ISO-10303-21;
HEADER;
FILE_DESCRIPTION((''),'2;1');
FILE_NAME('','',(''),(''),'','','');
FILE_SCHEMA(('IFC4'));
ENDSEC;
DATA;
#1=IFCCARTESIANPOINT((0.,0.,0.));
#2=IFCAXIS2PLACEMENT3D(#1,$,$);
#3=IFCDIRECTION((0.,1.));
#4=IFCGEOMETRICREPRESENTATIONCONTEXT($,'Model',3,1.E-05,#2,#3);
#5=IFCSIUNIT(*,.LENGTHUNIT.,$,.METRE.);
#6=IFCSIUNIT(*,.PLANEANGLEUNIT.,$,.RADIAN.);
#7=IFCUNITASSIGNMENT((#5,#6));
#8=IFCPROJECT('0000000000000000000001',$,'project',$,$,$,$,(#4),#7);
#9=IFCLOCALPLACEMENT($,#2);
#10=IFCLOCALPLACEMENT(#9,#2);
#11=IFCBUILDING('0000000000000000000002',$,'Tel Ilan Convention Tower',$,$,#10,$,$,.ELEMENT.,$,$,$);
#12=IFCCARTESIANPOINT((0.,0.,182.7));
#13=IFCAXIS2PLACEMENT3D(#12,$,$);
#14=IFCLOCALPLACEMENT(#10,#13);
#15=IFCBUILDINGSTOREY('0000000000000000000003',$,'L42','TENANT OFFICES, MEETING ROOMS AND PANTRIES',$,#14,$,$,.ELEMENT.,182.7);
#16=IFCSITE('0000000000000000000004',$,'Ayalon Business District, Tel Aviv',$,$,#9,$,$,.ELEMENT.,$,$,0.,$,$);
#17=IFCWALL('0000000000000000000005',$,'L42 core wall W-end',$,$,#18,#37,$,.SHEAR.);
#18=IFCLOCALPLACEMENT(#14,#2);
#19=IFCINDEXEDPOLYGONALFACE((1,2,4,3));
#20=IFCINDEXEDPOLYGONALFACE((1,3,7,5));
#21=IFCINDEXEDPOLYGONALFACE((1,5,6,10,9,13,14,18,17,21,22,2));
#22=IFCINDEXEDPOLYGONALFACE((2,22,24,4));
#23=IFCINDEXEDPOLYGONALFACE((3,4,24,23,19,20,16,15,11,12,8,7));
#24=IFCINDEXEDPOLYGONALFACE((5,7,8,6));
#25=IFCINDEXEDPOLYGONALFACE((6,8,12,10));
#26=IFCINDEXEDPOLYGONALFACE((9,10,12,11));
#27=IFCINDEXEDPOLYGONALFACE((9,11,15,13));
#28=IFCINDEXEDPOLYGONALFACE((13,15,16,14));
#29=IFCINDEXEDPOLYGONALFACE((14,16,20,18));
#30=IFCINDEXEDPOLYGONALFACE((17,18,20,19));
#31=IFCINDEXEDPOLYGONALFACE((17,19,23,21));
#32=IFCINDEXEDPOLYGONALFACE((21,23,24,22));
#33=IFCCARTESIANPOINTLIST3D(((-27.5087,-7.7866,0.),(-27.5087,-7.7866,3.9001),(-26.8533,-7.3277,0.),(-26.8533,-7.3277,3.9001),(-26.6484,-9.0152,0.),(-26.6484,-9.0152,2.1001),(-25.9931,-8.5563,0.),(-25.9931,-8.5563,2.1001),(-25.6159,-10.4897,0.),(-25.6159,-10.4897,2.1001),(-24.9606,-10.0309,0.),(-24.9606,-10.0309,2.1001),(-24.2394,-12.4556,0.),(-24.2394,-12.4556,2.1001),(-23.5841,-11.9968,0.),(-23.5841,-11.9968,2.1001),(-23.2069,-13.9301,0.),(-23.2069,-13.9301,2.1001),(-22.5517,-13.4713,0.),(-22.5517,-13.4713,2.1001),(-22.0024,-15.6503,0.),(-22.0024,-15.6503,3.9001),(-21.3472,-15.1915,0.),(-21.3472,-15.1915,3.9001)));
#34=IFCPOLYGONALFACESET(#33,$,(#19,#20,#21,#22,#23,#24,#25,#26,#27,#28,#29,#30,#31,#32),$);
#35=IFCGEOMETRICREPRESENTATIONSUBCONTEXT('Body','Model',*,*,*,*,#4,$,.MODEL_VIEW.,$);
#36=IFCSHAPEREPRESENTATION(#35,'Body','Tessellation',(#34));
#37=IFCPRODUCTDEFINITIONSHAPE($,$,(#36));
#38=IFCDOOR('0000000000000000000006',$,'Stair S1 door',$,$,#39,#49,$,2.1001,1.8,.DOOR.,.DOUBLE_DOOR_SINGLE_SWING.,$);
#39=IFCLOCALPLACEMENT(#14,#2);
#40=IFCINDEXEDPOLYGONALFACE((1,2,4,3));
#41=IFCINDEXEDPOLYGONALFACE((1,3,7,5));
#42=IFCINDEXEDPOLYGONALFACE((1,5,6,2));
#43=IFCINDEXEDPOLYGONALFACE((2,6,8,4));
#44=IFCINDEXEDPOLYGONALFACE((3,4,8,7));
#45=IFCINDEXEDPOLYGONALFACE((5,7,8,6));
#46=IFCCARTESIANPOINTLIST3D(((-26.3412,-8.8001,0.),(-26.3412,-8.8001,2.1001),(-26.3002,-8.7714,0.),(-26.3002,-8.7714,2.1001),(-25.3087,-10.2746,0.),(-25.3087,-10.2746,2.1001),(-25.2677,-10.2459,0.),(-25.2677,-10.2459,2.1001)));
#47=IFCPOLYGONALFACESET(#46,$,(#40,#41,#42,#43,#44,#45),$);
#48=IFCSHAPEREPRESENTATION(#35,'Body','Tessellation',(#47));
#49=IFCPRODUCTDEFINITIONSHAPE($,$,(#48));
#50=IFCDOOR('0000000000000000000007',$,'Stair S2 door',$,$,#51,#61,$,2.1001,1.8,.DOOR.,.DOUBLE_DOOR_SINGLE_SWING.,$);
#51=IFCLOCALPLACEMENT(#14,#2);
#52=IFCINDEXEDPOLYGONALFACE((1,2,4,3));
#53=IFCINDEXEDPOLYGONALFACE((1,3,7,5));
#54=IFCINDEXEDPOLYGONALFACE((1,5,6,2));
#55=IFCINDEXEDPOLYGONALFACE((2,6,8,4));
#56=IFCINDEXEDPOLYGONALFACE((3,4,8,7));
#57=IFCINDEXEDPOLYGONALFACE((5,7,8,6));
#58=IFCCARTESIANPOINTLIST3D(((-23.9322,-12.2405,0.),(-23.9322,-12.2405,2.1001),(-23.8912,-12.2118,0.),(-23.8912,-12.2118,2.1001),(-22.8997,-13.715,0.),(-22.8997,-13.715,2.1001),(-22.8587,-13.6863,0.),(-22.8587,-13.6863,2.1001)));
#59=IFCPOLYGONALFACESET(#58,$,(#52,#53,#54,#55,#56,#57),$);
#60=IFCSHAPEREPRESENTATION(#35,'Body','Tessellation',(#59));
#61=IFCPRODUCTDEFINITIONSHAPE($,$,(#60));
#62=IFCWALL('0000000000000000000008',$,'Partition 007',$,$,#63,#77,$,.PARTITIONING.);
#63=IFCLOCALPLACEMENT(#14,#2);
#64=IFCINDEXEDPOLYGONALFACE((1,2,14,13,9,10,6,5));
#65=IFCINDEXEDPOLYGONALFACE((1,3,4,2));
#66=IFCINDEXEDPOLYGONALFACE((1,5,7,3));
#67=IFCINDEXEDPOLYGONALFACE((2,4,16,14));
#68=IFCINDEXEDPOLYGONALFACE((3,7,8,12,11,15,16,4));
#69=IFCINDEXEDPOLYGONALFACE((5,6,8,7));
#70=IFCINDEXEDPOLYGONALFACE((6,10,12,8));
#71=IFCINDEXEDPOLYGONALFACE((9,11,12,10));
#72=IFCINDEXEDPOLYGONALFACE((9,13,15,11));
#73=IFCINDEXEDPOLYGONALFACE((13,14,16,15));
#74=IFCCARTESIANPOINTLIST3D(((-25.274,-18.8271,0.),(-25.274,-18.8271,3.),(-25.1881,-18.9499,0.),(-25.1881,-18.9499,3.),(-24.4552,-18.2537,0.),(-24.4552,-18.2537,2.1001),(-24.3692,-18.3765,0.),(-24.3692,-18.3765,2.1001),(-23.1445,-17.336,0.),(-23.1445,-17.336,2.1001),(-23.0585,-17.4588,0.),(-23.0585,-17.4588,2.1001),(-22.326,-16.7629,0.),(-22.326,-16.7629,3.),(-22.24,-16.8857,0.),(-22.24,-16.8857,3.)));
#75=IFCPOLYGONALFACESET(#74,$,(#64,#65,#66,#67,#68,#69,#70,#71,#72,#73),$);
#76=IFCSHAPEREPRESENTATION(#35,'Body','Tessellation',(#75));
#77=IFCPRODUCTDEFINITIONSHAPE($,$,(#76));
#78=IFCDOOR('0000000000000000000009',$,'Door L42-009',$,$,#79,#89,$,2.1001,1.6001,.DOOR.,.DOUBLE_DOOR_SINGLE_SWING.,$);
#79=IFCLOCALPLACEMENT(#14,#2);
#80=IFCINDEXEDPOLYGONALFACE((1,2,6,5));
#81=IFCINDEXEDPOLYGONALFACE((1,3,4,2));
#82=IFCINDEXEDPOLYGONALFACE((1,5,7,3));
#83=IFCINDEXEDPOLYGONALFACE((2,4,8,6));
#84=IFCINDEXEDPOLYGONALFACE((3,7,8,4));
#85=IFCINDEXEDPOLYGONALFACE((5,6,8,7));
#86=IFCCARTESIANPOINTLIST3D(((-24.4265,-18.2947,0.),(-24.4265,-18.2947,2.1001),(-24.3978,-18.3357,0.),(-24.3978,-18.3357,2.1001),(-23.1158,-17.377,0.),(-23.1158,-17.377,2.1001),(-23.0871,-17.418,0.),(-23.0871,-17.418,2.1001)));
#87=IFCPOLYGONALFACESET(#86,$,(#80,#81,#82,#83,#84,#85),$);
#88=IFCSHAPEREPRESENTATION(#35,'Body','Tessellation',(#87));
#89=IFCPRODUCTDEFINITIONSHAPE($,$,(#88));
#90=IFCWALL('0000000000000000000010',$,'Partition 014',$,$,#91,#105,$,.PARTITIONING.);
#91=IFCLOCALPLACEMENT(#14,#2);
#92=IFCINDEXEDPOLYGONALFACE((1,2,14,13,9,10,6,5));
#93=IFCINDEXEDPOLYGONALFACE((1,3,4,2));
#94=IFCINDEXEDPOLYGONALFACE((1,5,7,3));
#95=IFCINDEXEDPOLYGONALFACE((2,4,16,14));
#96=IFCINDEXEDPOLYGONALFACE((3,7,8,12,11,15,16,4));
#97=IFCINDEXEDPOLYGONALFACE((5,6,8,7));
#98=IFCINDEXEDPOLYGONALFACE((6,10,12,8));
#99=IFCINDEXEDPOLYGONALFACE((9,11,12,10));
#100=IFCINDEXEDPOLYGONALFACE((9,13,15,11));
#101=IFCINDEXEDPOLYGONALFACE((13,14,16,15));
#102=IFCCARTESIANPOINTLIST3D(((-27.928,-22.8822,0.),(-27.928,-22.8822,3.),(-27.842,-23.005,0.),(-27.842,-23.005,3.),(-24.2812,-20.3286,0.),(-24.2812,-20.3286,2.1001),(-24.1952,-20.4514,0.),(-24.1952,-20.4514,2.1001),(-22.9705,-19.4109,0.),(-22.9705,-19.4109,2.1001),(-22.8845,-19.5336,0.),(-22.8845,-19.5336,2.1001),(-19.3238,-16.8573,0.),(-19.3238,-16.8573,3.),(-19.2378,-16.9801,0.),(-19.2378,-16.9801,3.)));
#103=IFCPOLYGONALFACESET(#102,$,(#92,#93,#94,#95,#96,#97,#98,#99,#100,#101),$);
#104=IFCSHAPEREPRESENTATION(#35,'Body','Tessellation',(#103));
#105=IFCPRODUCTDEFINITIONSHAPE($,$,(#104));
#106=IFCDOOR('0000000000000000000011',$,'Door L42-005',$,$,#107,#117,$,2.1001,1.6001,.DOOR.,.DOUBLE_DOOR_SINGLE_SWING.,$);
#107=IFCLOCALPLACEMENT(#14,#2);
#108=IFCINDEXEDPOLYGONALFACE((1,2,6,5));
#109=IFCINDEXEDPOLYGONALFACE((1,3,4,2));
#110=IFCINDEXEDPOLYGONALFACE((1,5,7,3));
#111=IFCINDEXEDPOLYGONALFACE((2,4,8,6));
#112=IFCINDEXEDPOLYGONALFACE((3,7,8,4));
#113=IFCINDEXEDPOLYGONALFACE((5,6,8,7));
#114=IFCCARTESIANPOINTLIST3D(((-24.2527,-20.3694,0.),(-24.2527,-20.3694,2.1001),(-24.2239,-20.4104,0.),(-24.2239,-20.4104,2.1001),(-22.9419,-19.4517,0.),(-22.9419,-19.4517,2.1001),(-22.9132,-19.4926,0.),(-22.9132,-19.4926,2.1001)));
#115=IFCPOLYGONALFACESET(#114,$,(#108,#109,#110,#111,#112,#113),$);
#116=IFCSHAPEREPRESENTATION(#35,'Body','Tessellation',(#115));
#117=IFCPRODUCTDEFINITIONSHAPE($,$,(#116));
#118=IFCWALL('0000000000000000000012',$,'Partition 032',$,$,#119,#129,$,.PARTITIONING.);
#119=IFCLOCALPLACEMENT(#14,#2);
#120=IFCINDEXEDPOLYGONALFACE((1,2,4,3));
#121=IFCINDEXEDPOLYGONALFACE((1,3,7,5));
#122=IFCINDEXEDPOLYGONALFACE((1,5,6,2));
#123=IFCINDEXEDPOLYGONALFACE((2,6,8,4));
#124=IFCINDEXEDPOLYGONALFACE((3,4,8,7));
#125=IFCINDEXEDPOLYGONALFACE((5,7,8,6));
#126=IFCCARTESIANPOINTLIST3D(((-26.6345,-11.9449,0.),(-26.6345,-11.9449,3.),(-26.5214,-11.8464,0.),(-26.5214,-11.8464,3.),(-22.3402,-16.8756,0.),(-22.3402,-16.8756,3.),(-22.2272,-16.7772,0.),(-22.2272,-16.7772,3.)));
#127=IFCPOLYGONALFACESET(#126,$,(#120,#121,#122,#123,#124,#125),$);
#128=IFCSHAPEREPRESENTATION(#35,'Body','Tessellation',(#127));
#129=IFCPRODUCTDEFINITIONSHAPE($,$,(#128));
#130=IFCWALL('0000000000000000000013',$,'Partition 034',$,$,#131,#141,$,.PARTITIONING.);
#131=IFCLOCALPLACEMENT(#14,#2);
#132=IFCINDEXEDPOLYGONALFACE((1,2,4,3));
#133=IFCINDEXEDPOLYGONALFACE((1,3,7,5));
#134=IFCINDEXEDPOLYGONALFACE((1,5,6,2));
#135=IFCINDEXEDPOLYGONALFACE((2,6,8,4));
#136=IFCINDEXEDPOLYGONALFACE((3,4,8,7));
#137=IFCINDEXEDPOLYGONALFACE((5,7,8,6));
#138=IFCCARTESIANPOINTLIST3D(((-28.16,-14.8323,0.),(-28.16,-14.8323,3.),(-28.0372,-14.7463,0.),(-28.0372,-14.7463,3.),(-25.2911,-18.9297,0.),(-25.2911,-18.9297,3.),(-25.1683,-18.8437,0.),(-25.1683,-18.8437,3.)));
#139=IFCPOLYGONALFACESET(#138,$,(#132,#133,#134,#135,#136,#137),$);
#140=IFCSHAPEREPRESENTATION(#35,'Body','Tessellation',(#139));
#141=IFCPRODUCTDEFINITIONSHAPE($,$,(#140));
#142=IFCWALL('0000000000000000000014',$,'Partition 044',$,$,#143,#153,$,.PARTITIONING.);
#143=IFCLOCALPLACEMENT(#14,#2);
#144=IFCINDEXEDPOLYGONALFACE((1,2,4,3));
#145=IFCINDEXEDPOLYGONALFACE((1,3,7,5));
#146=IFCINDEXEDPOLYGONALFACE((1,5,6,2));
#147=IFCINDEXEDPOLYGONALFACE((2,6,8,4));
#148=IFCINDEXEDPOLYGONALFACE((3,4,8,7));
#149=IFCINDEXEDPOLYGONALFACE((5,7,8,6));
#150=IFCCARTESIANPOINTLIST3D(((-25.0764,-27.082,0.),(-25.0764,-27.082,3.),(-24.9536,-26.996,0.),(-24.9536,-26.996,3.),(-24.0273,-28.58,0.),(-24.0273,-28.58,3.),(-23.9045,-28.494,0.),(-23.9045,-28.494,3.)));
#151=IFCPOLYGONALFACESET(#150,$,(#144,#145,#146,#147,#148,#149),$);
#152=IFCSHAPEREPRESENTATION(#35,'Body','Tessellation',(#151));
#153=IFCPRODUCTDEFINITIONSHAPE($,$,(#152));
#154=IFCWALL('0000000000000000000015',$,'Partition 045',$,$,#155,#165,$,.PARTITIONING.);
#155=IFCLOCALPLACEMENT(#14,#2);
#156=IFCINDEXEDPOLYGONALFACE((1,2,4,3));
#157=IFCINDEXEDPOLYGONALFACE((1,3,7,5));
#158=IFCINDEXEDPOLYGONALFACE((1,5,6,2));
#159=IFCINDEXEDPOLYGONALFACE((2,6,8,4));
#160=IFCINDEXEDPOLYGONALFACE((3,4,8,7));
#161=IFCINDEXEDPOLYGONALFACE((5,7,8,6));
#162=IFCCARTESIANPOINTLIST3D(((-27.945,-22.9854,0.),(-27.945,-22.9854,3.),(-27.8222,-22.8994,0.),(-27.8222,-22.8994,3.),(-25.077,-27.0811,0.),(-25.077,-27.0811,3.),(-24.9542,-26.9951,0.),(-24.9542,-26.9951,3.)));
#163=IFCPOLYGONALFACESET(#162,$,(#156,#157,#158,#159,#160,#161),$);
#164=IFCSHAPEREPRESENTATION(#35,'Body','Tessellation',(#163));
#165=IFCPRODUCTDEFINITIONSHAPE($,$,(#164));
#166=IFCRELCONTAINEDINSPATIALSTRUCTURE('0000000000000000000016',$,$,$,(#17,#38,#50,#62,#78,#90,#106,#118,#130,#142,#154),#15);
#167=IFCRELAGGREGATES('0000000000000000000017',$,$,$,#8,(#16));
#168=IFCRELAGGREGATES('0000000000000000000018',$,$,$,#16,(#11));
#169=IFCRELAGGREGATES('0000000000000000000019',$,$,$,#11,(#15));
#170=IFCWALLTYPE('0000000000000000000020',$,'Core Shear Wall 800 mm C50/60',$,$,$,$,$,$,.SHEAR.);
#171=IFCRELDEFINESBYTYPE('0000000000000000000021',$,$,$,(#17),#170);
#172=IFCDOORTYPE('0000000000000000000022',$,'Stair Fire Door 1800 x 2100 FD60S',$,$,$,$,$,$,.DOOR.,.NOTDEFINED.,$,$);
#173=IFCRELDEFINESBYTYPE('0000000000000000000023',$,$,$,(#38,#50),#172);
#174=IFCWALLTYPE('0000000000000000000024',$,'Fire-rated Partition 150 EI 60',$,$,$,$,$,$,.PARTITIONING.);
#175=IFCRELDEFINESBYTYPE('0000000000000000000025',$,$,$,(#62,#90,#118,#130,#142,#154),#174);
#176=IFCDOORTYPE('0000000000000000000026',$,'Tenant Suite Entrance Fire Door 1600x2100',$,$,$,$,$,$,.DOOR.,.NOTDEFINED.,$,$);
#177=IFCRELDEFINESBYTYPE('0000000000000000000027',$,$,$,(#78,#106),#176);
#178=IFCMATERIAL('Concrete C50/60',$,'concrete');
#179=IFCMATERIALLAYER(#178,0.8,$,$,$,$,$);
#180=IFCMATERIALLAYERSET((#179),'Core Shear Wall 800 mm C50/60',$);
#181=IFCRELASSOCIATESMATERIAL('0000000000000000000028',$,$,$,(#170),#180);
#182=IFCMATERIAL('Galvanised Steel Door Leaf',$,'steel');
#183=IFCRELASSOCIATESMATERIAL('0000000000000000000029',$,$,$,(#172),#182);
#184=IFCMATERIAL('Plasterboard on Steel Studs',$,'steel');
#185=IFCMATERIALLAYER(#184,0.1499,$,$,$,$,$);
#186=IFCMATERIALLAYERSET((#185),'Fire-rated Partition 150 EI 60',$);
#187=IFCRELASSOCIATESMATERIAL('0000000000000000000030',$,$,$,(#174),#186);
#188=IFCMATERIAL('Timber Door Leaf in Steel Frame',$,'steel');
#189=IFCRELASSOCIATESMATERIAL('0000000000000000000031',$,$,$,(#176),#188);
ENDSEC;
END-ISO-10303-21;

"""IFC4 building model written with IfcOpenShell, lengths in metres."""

from ifc_helpers import new_model, si_unit, direction, frame, frame_2d, origin, place, context, subcontext, project, spatial, polyline, rectangle, outline, extrude, material, layer, layer_set, type_object, element, fill, save


model = new_model("IFC4")

# Units and contexts
model_context = context("Model", 3, precision=1e-05, world=origin(), true_north=direction((0.0, 1.0)))
body_context = subcontext(model_context, "Body", "Model", "MODEL_VIEW")
ifc_project = project(units=[si_unit("LENGTHUNIT", "METRE"), si_unit("PLANEANGLEUNIT", "RADIAN")], contexts=[model_context])

# Site, building, storey
site_placement = place(None, origin())
site = spatial("IfcSite", under=ifc_project, at=site_placement, Name="Ayalon Business District, Tel Aviv", CompositionType="ELEMENT", RefElevation=0.0)
building_placement = place(site_placement, origin())
building = spatial("IfcBuilding", under=site, at=building_placement, Name="Tel Ilan Convention Tower", CompositionType="ELEMENT")
storey_placement = place(building_placement, frame((0.0, 0.0, 182.7)))
storey = spatial("IfcBuildingStorey", under=building, at=storey_placement, Name="L42", Description="TENANT OFFICES, MEETING ROOMS AND PANTRIES", CompositionType="ELEMENT", Elevation=182.7)

# Wall, openings, doors
ifc_material_1 = material(Name="Concrete C50/60", Category="concrete")
ifc_layer_1 = layer(ifc_material_1, 0.8)
ifc_layer_set_1 = layer_set([ifc_layer_1], Name="Core Shear Wall 800 mm C50/60")
wall_type_1 = type_object("IfcWallType", Name="Core Shear Wall 800 mm C50/60", PredefinedType="SHEAR", material=ifc_layer_set_1)
wall_1_placement = place(storey_placement, frame((-21.6748, -15.4209, 0.0), z_axis=(0.0, 0.0, 1.0), x_axis=(-0.573582, 0.819148, 0.0)))
wall_1 = element("IfcWall", 1, at=wall_1_placement, inside=storey, type_object=wall_type_1, Name="L42 core wall W-end", PredefinedType="SHEAR", context=body_context, shape_type="SweptSolid", body=[
    extrude(outline(polyline([(0.0, 0.3999), (0.0, -0.3999), (9.5999, -0.4001), (9.5999, 0.3999), (0.0, 0.3999)])), origin(), (0.0, 0.0, 1.0), 3.9001),
])
opening_1_placement = place(wall_1_placement, frame((6.3, 0.0, 0.0)))
opening_1 = element("IfcOpeningElement", 2, at=opening_1_placement, cuts=wall_1, PredefinedType="OPENING", context=body_context, shape_type="SweptSolid", body=[
    extrude(rectangle(XDim=1.8, YDim=2.1001, at=frame_2d((0.8999, 1.05))), frame((0.0, 0.4099, 0.0), z_axis=(0.0, -1.0, 0.0), x_axis=(1.0, 0.0, 0.0)), (0.0, 0.0, 1.0), 0.8201),
])
opening_2_placement = place(wall_1_placement, frame((2.1001, 0.0, 0.0)))
opening_2 = element("IfcOpeningElement", 3, at=opening_2_placement, cuts=wall_1, PredefinedType="OPENING", context=body_context, shape_type="SweptSolid", body=[
    extrude(rectangle(XDim=1.8, YDim=2.1001, at=frame_2d((0.8999, 1.05))), frame((0.0, 0.4099, 0.0), z_axis=(0.0, -1.0, 0.0), x_axis=(1.0, 0.0, 0.0)), (0.0, 0.0, 1.0), 0.8201),
])
ifc_material_2 = material(Name="Galvanised Steel Door Leaf", Category="steel")
door_type_1 = type_object("IfcDoorType", Name="Stair Fire Door 1800 x 2100 FD60S", OperationType="NOTDEFINED", PredefinedType="DOOR", material=ifc_material_2)
door_1_placement = place(opening_1_placement, origin())
door_1 = element("IfcDoor", 4, at=door_1_placement, inside=storey, type_object=door_type_1, Name="Stair S1 door", OperationType="DOUBLE_DOOR_SINGLE_SWING", OverallHeight=2.1001, OverallWidth=1.8, PredefinedType="DOOR", context=body_context, shape_type="SweptSolid", body=[
    extrude(rectangle(XDim=1.8, YDim=2.1001, at=frame_2d((0.8999, 1.05))), frame((0.0, 0.0249, 0.0), z_axis=(0.0, -1.0, 0.0), x_axis=(1.0, 0.0, 0.0)), (0.0, 0.0, 1.0), 0.05),
])
fill(opening_1, door_1)
door_2_placement = place(opening_2_placement, origin())
door_2 = element("IfcDoor", 5, at=door_2_placement, inside=storey, type_object=door_type_1, Name="Stair S2 door", OperationType="DOUBLE_DOOR_SINGLE_SWING", OverallHeight=2.1001, OverallWidth=1.8, PredefinedType="DOOR", context=body_context, shape_type="SweptSolid", body=[
    extrude(rectangle(XDim=1.8, YDim=2.1001, at=frame_2d((0.8999, 1.05))), frame((0.0, 0.0249, 0.0), z_axis=(0.0, -1.0, 0.0), x_axis=(1.0, 0.0, 0.0)), (0.0, 0.0, 1.0), 0.05),
])
fill(opening_2, door_2)

# Walls, openings, doors
ifc_material_3 = material(Name="Plasterboard on Steel Studs", Category="steel")
ifc_layer_2 = layer(ifc_material_3, 0.1499)
ifc_layer_set_2 = layer_set([ifc_layer_2], Name="Fire-rated Partition 150 EI 60")
wall_type_2 = type_object("IfcWallType", Name="Fire-rated Partition 150 EI 60", PredefinedType="PARTITIONING", material=ifc_layer_set_2)
wall_2_placement = place(storey_placement, frame((-25.231, -18.8884, 0.0), z_axis=(0.0, 0.0, 1.0), x_axis=(0.819152, 0.573576, 0.0)))
wall_2 = element("IfcWall", 6, at=wall_2_placement, inside=storey, type_object=wall_type_2, Name="Partition 007", PredefinedType="PARTITIONING", context=body_context, shape_type="SweptSolid", body=[
    extrude(rectangle(XDim=3.5989, YDim=0.1499, at=frame_2d((1.7993, 0.0))), origin(), (0.0, 0.0, 1.0), 3.0),
])
opening_3_placement = place(wall_2_placement, frame((0.9995, 0.0, 0.0)))
opening_3 = element("IfcOpeningElement", 7, at=opening_3_placement, cuts=wall_2, PredefinedType="OPENING", context=body_context, shape_type="SweptSolid", body=[
    extrude(rectangle(XDim=1.6001, YDim=2.1001, at=frame_2d((0.8, 1.05))), frame((0.0, 0.085, 0.0), z_axis=(0.0, -1.0, 0.0), x_axis=(1.0, 0.0, 0.0)), (0.0, 0.0, 1.0), 0.1699),
])
ifc_material_4 = material(Name="Timber Door Leaf in Steel Frame", Category="steel")
door_type_2 = type_object("IfcDoorType", Name="Tenant Suite Entrance Fire Door 1600x2100", OperationType="NOTDEFINED", PredefinedType="DOOR", material=ifc_material_4)
door_3_placement = place(opening_3_placement, origin())
door_3 = element("IfcDoor", 8, at=door_3_placement, inside=storey, type_object=door_type_2, Name="Door L42-009", OperationType="DOUBLE_DOOR_SINGLE_SWING", OverallHeight=2.1001, OverallWidth=1.6001, PredefinedType="DOOR", context=body_context, shape_type="SweptSolid", body=[
    extrude(rectangle(XDim=1.6001, YDim=2.1001, at=frame_2d((0.8, 1.05))), frame((0.0, 0.0249, 0.0), z_axis=(0.0, -1.0, 0.0), x_axis=(1.0, 0.0, 0.0)), (0.0, 0.0, 1.0), 0.05),
])
fill(opening_3, door_3)
wall_3_placement = place(storey_placement, frame((-19.2808, -16.9187, 0.0), z_axis=(0.0, 0.0, 1.0), x_axis=(-0.819146, -0.573586, 0.0)))
wall_3 = element("IfcWall", 9, at=wall_3_placement, inside=storey, type_object=wall_type_2, Name="Partition 014", PredefinedType="PARTITIONING", context=body_context, shape_type="SweptSolid", body=[
    extrude(rectangle(XDim=10.5039, YDim=0.1499, at=frame_2d((5.252, 0.0))), origin(), (0.0, 0.0, 1.0), 3.0),
])
opening_4_placement = place(wall_3_placement, frame((4.4519, 0.0, 0.0)))
opening_4 = element("IfcOpeningElement", 10, at=opening_4_placement, cuts=wall_3, PredefinedType="OPENING", context=body_context, shape_type="SweptSolid", body=[
    extrude(rectangle(XDim=1.6001, YDim=2.1001, at=frame_2d((0.8, 1.05))), frame((0.0, 0.085, 0.0), z_axis=(0.0, -1.0, 0.0), x_axis=(1.0, 0.0, 0.0)), (0.0, 0.0, 1.0), 0.1699),
])
door_4_placement = place(opening_4_placement, origin())
door_4 = element("IfcDoor", 11, at=door_4_placement, inside=storey, type_object=door_type_2, Name="Door L42-005", OperationType="DOUBLE_DOOR_SINGLE_SWING", OverallHeight=2.1001, OverallWidth=1.6001, PredefinedType="DOOR", context=body_context, shape_type="SweptSolid", body=[
    extrude(rectangle(XDim=1.6001, YDim=2.1001, at=frame_2d((0.8, 1.05))), frame((0.0, 0.0249, 0.0), z_axis=(0.0, -1.0, 0.0), x_axis=(1.0, 0.0, 0.0)), (0.0, 0.0, 1.0), 0.05),
])
fill(opening_4, door_4)

# Walls
wall_4_placement = place(storey_placement, frame((-22.2837, -16.8264, 0.0), z_axis=(0.0, 0.0, 1.0), x_axis=(-0.656758, 0.754101, 0.0)))
element("IfcWall", 12, at=wall_4_placement, inside=storey, type_object=wall_type_2, Name="Partition 032", PredefinedType="PARTITIONING", context=body_context, shape_type="SweptSolid", body=[
    extrude(rectangle(XDim=6.5386, YDim=0.1499, at=frame_2d((3.2693, 0.0))), origin(), (0.0, 0.0, 1.0), 3.0),
])
wall_5_placement = place(storey_placement, frame((-25.2297, -18.8867, 0.0), z_axis=(0.0, 0.0, 1.0), x_axis=(-0.573557, 0.819165, 0.0)))
element("IfcWall", 13, at=wall_5_placement, inside=storey, type_object=wall_type_2, Name="Partition 034", PredefinedType="PARTITIONING", context=body_context, shape_type="SweptSolid", body=[
    extrude(rectangle(XDim=5.002, YDim=0.1499, at=frame_2d((2.501, 0.0))), origin(), (0.0, 0.0, 1.0), 3.0),
])
wall_6_placement = place(storey_placement, frame((-23.9658, -28.5371, 0.0), z_axis=(0.0, 0.0, 1.0), x_axis=(-0.573624, 0.819119, 0.0)))
element("IfcWall", 14, at=wall_6_placement, inside=storey, type_object=wall_type_2, Name="Partition 044", PredefinedType="PARTITIONING", context=body_context, shape_type="SweptSolid", body=[
    extrude(rectangle(XDim=1.8289, YDim=0.1499, at=frame_2d((0.9146, 0.0))), origin(), (0.0, 0.0, 1.0), 3.0),
])
wall_7_placement = place(storey_placement, frame((-25.0156, -27.0381, 0.0), z_axis=(0.0, 0.0, 1.0), x_axis=(-0.573587, 0.819145, 0.0)))
element("IfcWall", 15, at=wall_7_placement, inside=storey, type_object=wall_type_2, Name="Partition 045", PredefinedType="PARTITIONING", context=body_context, shape_type="SweptSolid", body=[
    extrude(rectangle(XDim=5.0, YDim=0.1499, at=frame_2d((2.5, 0.0))), origin(), (0.0, 0.0, 1.0), 3.0),
])

save(model, "model.ifc")
